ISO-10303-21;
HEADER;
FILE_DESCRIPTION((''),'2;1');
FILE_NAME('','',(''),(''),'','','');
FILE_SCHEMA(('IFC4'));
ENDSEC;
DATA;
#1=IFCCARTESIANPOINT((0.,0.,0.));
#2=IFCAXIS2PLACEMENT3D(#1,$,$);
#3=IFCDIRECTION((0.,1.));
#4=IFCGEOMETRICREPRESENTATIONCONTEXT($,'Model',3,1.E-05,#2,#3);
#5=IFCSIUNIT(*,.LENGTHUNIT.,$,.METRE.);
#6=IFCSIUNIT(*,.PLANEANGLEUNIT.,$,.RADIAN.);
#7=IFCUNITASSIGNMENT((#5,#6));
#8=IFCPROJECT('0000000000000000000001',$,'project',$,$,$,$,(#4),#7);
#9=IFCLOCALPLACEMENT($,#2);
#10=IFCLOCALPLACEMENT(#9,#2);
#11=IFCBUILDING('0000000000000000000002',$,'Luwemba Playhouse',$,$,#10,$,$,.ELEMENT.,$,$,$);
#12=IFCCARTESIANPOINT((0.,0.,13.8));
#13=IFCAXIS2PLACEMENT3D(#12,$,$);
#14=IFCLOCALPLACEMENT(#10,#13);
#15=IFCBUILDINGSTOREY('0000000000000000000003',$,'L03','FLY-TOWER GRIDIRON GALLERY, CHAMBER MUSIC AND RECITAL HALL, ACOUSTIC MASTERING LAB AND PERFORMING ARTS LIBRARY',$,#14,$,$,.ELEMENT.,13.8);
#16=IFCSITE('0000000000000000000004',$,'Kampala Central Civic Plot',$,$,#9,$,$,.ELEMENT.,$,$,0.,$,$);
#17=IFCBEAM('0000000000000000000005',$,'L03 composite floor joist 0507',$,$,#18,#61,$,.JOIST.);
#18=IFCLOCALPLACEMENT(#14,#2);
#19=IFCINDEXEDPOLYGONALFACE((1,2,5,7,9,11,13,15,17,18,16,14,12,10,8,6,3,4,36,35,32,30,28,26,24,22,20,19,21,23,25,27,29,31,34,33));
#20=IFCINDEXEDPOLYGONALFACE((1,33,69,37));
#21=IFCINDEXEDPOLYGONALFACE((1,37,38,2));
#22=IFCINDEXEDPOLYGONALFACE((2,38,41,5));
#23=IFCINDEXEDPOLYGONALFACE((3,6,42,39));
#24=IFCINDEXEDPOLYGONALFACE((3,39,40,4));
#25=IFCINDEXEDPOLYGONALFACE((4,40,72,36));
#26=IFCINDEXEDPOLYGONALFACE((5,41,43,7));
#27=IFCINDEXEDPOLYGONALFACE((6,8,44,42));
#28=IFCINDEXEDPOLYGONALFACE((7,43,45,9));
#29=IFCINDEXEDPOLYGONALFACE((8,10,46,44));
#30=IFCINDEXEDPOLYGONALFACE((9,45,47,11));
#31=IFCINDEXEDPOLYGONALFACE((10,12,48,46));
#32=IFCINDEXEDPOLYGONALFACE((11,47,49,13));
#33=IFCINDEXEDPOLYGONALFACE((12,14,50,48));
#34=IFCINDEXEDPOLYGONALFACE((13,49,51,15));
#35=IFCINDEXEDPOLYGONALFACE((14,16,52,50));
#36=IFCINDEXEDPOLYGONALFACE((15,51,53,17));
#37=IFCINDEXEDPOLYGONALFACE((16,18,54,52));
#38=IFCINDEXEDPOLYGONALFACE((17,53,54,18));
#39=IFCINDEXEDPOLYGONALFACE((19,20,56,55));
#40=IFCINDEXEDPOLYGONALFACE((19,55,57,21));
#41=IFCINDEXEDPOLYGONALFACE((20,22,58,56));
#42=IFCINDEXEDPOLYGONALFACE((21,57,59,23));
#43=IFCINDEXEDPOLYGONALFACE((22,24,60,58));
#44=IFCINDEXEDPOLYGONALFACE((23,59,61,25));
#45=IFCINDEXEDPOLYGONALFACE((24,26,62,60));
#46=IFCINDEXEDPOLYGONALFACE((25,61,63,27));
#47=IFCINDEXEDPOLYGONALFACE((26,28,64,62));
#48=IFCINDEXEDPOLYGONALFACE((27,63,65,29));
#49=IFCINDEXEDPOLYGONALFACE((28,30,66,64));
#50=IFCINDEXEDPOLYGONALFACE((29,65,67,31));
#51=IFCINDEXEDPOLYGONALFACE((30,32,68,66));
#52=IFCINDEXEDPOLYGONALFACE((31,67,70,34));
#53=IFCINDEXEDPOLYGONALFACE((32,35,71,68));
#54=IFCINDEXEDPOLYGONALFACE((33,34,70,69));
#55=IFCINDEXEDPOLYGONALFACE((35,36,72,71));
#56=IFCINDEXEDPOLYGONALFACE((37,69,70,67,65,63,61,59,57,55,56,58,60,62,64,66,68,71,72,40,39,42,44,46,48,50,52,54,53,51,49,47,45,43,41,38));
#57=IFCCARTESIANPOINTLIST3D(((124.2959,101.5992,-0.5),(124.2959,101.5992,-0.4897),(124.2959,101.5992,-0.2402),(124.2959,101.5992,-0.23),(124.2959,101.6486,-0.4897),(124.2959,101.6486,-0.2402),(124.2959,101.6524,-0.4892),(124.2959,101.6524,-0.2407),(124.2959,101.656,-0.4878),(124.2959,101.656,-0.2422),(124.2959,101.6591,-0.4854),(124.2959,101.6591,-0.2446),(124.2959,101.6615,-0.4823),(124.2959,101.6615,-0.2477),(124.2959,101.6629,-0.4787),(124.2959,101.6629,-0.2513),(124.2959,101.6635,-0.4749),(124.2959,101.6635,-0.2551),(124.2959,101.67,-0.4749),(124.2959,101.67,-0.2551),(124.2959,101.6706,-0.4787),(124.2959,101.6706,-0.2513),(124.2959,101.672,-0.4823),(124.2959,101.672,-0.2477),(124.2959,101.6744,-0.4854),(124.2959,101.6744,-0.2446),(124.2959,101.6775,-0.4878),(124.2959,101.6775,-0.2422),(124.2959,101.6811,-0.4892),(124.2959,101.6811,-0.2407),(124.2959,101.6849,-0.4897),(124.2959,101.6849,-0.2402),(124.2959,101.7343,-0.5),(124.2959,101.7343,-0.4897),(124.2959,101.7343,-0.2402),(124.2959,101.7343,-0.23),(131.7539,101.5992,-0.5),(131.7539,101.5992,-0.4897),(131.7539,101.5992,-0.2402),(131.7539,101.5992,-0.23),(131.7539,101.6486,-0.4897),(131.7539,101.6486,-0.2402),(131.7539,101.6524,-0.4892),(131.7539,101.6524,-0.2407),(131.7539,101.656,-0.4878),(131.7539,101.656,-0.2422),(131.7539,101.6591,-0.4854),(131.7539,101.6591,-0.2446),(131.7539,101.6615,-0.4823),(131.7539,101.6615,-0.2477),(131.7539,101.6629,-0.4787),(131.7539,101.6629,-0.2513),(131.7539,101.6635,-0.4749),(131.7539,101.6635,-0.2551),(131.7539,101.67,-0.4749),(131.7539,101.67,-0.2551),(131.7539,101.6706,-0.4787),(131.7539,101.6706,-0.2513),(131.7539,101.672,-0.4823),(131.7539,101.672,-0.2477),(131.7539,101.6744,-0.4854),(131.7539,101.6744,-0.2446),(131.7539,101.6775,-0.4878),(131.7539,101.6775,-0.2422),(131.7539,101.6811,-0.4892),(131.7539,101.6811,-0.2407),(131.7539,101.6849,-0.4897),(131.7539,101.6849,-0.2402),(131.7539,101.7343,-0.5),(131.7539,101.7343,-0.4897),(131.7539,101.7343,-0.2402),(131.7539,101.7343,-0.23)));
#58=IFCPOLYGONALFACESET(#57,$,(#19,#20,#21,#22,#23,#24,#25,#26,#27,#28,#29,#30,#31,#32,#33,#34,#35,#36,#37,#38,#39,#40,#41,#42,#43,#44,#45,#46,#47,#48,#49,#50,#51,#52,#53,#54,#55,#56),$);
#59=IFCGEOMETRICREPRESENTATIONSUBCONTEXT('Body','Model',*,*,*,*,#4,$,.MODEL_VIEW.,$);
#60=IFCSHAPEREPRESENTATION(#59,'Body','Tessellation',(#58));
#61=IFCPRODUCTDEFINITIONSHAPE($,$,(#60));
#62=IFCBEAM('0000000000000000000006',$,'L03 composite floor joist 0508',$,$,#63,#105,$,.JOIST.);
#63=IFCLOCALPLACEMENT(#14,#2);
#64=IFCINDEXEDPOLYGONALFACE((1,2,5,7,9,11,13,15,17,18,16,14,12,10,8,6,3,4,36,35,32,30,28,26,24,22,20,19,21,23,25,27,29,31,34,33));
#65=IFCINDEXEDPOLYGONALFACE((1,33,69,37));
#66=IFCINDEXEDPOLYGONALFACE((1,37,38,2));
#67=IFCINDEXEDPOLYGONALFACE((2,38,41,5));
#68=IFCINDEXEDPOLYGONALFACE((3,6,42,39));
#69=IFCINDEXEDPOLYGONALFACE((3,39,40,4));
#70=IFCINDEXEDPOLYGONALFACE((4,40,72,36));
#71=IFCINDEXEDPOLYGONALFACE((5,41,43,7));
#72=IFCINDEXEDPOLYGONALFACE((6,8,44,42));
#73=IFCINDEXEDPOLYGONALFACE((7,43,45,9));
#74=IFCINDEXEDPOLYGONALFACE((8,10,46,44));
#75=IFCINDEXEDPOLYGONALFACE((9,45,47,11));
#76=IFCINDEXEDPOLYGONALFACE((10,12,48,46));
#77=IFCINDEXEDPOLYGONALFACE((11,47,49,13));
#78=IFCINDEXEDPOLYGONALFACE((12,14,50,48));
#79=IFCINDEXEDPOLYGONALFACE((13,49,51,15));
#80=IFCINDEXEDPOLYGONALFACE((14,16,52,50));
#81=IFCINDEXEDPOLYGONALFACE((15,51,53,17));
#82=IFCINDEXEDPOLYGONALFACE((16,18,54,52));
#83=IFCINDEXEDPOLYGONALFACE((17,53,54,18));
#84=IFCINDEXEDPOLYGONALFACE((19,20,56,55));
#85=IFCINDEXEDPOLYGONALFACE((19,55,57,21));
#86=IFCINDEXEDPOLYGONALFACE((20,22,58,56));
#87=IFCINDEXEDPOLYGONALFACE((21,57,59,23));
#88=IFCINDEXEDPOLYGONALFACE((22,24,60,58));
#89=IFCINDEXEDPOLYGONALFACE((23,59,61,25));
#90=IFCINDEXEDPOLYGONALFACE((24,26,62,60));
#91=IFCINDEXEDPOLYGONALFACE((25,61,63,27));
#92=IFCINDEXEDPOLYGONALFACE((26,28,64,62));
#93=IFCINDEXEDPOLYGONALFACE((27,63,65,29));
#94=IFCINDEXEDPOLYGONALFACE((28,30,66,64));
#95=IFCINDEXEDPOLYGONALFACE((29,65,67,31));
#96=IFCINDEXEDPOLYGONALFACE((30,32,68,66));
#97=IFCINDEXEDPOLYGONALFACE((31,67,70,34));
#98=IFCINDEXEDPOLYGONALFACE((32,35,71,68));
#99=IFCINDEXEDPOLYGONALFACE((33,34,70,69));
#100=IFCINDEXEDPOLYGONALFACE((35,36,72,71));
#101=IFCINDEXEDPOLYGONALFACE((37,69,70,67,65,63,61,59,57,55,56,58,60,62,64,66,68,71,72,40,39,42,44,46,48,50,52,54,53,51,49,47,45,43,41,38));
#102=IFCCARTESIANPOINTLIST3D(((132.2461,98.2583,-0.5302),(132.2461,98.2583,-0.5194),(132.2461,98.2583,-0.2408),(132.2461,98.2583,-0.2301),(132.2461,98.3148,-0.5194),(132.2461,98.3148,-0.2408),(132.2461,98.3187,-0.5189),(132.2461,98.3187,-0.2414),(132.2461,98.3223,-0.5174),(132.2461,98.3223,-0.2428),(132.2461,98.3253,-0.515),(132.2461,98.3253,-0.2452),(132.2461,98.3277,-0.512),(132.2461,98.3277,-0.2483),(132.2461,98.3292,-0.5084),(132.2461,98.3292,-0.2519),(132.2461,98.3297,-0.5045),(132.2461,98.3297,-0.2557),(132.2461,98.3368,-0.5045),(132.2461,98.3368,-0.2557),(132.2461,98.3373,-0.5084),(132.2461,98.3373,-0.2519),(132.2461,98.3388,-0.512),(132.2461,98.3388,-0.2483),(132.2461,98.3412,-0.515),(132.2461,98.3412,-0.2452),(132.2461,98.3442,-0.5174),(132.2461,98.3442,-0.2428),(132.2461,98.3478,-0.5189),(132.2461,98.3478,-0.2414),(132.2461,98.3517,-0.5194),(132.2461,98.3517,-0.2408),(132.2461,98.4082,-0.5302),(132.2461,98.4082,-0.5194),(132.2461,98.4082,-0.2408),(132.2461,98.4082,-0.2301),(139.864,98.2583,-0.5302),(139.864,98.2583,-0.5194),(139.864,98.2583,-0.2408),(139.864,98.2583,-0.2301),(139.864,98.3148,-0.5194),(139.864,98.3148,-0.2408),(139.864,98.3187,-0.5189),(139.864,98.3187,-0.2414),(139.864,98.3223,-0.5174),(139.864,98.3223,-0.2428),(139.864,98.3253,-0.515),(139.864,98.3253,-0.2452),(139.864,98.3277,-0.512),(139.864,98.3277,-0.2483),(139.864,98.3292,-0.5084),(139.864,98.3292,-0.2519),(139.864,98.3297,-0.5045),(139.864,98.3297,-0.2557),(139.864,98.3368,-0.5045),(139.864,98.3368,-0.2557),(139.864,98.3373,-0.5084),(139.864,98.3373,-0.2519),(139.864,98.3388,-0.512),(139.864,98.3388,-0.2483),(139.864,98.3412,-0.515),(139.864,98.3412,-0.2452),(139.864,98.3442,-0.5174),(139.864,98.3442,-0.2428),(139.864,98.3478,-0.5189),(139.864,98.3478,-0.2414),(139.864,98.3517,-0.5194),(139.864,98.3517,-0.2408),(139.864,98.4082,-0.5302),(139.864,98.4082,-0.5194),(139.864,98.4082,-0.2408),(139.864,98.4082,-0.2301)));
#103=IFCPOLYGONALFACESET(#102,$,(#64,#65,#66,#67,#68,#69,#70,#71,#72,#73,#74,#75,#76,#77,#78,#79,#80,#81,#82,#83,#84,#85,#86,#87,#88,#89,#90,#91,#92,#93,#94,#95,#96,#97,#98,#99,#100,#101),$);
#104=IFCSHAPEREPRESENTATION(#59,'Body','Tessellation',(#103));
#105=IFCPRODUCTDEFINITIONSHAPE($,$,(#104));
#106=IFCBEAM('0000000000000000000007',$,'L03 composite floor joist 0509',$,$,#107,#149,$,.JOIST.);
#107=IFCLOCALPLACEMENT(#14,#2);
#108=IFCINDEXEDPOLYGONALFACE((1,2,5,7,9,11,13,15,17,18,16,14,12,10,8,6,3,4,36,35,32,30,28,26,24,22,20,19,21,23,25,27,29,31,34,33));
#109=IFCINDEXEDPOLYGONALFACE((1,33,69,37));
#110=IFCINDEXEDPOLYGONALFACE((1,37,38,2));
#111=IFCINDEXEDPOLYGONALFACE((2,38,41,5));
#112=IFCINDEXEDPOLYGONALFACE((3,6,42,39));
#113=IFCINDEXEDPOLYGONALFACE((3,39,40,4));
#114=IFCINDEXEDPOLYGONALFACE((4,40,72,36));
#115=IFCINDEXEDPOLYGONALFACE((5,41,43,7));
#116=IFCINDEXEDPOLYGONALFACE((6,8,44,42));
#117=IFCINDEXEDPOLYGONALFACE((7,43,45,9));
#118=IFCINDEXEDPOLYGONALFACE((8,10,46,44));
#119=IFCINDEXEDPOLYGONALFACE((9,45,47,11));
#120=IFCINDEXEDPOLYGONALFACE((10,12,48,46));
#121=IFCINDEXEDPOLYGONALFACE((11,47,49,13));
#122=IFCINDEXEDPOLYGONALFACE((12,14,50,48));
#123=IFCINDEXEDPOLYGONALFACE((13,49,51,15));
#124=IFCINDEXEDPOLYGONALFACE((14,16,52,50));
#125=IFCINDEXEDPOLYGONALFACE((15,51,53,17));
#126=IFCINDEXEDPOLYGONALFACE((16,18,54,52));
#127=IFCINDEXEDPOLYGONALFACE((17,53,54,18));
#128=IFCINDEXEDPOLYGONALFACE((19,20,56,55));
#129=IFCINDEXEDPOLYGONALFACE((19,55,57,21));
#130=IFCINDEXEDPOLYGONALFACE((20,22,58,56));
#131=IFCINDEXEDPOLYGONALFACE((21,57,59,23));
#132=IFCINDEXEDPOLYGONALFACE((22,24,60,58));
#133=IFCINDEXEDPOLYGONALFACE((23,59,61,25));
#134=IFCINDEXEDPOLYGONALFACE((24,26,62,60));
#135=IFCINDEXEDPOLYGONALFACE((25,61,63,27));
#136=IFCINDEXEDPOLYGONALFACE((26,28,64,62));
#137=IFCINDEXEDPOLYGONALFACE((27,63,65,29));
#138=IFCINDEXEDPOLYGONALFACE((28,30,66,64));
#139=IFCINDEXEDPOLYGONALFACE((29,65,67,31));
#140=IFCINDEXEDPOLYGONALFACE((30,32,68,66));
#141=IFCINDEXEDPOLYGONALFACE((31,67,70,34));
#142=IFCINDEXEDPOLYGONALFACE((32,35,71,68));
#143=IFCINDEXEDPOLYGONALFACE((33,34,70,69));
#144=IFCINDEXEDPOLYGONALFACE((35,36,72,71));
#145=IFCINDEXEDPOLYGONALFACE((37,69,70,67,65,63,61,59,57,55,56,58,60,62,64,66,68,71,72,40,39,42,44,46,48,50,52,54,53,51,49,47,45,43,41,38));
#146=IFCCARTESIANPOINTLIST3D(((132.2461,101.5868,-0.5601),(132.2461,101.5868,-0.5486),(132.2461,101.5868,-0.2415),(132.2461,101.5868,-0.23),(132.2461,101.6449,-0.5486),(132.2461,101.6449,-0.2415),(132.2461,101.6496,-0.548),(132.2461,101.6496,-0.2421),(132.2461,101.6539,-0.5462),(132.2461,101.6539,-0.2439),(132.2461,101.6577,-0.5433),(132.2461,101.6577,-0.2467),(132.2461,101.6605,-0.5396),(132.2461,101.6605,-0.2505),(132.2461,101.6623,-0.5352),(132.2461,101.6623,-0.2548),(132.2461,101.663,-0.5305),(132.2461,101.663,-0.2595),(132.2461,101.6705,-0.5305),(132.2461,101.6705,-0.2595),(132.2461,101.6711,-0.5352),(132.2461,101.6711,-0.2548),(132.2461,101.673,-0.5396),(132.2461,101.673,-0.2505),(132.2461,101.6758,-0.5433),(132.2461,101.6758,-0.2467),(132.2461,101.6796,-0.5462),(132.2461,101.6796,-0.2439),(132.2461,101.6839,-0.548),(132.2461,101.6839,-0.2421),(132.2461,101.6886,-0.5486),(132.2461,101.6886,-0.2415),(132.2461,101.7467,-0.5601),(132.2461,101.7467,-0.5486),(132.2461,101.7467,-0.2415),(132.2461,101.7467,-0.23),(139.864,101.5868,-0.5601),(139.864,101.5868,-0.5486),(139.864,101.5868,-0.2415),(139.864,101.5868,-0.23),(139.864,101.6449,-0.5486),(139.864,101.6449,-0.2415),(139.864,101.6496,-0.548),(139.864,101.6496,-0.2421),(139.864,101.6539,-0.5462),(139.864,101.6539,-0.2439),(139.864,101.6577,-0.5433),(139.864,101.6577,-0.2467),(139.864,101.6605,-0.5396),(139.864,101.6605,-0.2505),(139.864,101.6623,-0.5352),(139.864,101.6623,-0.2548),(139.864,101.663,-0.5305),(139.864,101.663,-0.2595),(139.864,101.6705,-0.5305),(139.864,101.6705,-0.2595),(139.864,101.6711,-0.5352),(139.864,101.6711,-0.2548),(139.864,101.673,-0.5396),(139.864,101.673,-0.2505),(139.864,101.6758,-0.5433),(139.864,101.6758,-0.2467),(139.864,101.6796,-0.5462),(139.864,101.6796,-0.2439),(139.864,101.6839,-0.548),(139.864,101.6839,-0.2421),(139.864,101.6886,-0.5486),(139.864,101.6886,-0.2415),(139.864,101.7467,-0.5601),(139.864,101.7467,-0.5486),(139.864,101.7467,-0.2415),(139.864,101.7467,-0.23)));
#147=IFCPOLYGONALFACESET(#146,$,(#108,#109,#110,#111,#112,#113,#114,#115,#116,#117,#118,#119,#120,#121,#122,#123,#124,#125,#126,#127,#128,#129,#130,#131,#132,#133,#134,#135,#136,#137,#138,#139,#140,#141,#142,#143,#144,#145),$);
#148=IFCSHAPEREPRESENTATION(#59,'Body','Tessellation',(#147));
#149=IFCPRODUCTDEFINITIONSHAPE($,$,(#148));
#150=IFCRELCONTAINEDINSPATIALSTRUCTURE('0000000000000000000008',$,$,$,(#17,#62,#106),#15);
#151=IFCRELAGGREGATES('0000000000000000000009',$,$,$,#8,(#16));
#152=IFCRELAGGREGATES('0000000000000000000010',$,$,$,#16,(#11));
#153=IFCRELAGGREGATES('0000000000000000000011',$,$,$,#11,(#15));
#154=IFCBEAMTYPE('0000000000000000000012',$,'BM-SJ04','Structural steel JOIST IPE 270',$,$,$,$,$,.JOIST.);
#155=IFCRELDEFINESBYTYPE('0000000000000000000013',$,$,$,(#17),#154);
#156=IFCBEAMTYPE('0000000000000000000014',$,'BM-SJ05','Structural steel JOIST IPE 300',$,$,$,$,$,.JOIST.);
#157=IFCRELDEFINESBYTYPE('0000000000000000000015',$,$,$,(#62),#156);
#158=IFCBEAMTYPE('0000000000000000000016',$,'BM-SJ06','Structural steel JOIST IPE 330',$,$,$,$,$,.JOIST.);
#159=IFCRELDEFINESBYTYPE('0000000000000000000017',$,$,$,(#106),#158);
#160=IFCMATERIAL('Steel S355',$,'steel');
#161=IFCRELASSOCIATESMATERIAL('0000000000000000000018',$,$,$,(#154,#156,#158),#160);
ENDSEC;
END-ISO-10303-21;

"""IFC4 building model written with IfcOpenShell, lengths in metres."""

from ifc_helpers import new_model, si_unit, direction, frame, origin, origin_2d, place, context, subcontext, project, spatial, i_section, extrude, material, material_profile, profile_set, type_object, element, save


model = new_model("IFC4")

# Units and contexts
model_context = context("Model", 3, precision=1e-05, world=origin(), true_north=direction((0.0, 1.0)))
body_context = subcontext(model_context, "Body", "Model", "MODEL_VIEW")
ifc_project = project(units=[si_unit("LENGTHUNIT", "METRE"), si_unit("PLANEANGLEUNIT", "RADIAN")], contexts=[model_context])

# Site, building, storey
site_placement = place(None, origin())
site = spatial("IfcSite", under=ifc_project, at=site_placement, Name="Kampala Central Civic Plot", CompositionType="ELEMENT", RefElevation=0.0)
building_placement = place(site_placement, origin())
building = spatial("IfcBuilding", under=site, at=building_placement, Name="Luwemba Playhouse", CompositionType="ELEMENT")
storey_placement = place(building_placement, frame((0.0, 0.0, 13.8)))
storey = spatial("IfcBuildingStorey", under=building, at=storey_placement, Name="L03", Description="FLY-TOWER GRIDIRON GALLERY, CHAMBER MUSIC AND RECITAL HALL, ACOUSTIC MASTERING LAB AND PERFORMING ARTS LIBRARY", CompositionType="ELEMENT", Elevation=13.8)

# Beams
ifc_material_1 = material(Name="Steel S355", Category="steel")
ifc_material_profile_1 = material_profile(ifc_material_1, i_section(OverallWidth=0.135, OverallDepth=0.27, WebThickness=0.0066, FlangeThickness=0.0103, FilletRadius=0.0149, at=origin_2d()))
ifc_profile_set_1 = profile_set([ifc_material_profile_1], Name="Steel S355")
beam_type_1 = type_object("IfcBeamType", Name="BM-SJ04", Description="Structural steel JOIST IPE 270", PredefinedType="JOIST", material=ifc_profile_set_1)
beam_1_placement = place(storey_placement, frame((124.2959, 101.6667, -0.365), z_axis=(1.0, 0.0, 0.0), x_axis=(0.0, 1.0, 0.0)))
element("IfcBeam", 1, at=beam_1_placement, inside=storey, type_object=beam_type_1, Name="L03 composite floor joist 0507", PredefinedType="JOIST", context=body_context, shape_type="SweptSolid", body=[
    extrude(i_section(OverallWidth=0.135, OverallDepth=0.27, WebThickness=0.0066, FlangeThickness=0.0103, FilletRadius=0.0149, at=origin_2d()), origin(), (0.0, 0.0, 1.0), 7.458),
])
ifc_material_profile_2 = material_profile(ifc_material_1, i_section(OverallWidth=0.1499, OverallDepth=0.3, WebThickness=0.0071, FlangeThickness=0.0107, FilletRadius=0.0149, at=origin_2d()))
ifc_profile_set_2 = profile_set([ifc_material_profile_2], Name="Steel S355")
beam_type_2 = type_object("IfcBeamType", Name="BM-SJ05", Description="Structural steel JOIST IPE 300", PredefinedType="JOIST", material=ifc_profile_set_2)
beam_2_placement = place(storey_placement, frame((132.2461, 98.3333, -0.3801), z_axis=(1.0, 0.0, 0.0), x_axis=(0.0, 1.0, 0.0)))
element("IfcBeam", 2, at=beam_2_placement, inside=storey, type_object=beam_type_2, Name="L03 composite floor joist 0508", PredefinedType="JOIST", context=body_context, shape_type="SweptSolid", body=[
    extrude(i_section(OverallWidth=0.1499, OverallDepth=0.3, WebThickness=0.0071, FlangeThickness=0.0107, FilletRadius=0.0149, at=origin_2d()), origin(), (0.0, 0.0, 1.0), 7.6179),
])
ifc_material_profile_3 = material_profile(ifc_material_1, i_section(OverallWidth=0.1599, OverallDepth=0.3301, WebThickness=0.0076, FlangeThickness=0.0115, FilletRadius=0.0181, at=origin_2d()))
ifc_profile_set_3 = profile_set([ifc_material_profile_3], Name="Steel S355")
beam_type_3 = type_object("IfcBeamType", Name="BM-SJ06", Description="Structural steel JOIST IPE 330", PredefinedType="JOIST", material=ifc_profile_set_3)
beam_3_placement = place(storey_placement, frame((132.2461, 101.6667, -0.395), z_axis=(1.0, 0.0, 0.0), x_axis=(0.0, 1.0, 0.0)))
element("IfcBeam", 3, at=beam_3_placement, inside=storey, type_object=beam_type_3, Name="L03 composite floor joist 0509", PredefinedType="JOIST", context=body_context, shape_type="SweptSolid", body=[
    extrude(i_section(OverallWidth=0.1599, OverallDepth=0.3301, WebThickness=0.0076, FlangeThickness=0.0115, FilletRadius=0.0181, at=origin_2d()), origin(), (0.0, 0.0, 1.0), 7.6179),
])

save(model, "model.ifc")
